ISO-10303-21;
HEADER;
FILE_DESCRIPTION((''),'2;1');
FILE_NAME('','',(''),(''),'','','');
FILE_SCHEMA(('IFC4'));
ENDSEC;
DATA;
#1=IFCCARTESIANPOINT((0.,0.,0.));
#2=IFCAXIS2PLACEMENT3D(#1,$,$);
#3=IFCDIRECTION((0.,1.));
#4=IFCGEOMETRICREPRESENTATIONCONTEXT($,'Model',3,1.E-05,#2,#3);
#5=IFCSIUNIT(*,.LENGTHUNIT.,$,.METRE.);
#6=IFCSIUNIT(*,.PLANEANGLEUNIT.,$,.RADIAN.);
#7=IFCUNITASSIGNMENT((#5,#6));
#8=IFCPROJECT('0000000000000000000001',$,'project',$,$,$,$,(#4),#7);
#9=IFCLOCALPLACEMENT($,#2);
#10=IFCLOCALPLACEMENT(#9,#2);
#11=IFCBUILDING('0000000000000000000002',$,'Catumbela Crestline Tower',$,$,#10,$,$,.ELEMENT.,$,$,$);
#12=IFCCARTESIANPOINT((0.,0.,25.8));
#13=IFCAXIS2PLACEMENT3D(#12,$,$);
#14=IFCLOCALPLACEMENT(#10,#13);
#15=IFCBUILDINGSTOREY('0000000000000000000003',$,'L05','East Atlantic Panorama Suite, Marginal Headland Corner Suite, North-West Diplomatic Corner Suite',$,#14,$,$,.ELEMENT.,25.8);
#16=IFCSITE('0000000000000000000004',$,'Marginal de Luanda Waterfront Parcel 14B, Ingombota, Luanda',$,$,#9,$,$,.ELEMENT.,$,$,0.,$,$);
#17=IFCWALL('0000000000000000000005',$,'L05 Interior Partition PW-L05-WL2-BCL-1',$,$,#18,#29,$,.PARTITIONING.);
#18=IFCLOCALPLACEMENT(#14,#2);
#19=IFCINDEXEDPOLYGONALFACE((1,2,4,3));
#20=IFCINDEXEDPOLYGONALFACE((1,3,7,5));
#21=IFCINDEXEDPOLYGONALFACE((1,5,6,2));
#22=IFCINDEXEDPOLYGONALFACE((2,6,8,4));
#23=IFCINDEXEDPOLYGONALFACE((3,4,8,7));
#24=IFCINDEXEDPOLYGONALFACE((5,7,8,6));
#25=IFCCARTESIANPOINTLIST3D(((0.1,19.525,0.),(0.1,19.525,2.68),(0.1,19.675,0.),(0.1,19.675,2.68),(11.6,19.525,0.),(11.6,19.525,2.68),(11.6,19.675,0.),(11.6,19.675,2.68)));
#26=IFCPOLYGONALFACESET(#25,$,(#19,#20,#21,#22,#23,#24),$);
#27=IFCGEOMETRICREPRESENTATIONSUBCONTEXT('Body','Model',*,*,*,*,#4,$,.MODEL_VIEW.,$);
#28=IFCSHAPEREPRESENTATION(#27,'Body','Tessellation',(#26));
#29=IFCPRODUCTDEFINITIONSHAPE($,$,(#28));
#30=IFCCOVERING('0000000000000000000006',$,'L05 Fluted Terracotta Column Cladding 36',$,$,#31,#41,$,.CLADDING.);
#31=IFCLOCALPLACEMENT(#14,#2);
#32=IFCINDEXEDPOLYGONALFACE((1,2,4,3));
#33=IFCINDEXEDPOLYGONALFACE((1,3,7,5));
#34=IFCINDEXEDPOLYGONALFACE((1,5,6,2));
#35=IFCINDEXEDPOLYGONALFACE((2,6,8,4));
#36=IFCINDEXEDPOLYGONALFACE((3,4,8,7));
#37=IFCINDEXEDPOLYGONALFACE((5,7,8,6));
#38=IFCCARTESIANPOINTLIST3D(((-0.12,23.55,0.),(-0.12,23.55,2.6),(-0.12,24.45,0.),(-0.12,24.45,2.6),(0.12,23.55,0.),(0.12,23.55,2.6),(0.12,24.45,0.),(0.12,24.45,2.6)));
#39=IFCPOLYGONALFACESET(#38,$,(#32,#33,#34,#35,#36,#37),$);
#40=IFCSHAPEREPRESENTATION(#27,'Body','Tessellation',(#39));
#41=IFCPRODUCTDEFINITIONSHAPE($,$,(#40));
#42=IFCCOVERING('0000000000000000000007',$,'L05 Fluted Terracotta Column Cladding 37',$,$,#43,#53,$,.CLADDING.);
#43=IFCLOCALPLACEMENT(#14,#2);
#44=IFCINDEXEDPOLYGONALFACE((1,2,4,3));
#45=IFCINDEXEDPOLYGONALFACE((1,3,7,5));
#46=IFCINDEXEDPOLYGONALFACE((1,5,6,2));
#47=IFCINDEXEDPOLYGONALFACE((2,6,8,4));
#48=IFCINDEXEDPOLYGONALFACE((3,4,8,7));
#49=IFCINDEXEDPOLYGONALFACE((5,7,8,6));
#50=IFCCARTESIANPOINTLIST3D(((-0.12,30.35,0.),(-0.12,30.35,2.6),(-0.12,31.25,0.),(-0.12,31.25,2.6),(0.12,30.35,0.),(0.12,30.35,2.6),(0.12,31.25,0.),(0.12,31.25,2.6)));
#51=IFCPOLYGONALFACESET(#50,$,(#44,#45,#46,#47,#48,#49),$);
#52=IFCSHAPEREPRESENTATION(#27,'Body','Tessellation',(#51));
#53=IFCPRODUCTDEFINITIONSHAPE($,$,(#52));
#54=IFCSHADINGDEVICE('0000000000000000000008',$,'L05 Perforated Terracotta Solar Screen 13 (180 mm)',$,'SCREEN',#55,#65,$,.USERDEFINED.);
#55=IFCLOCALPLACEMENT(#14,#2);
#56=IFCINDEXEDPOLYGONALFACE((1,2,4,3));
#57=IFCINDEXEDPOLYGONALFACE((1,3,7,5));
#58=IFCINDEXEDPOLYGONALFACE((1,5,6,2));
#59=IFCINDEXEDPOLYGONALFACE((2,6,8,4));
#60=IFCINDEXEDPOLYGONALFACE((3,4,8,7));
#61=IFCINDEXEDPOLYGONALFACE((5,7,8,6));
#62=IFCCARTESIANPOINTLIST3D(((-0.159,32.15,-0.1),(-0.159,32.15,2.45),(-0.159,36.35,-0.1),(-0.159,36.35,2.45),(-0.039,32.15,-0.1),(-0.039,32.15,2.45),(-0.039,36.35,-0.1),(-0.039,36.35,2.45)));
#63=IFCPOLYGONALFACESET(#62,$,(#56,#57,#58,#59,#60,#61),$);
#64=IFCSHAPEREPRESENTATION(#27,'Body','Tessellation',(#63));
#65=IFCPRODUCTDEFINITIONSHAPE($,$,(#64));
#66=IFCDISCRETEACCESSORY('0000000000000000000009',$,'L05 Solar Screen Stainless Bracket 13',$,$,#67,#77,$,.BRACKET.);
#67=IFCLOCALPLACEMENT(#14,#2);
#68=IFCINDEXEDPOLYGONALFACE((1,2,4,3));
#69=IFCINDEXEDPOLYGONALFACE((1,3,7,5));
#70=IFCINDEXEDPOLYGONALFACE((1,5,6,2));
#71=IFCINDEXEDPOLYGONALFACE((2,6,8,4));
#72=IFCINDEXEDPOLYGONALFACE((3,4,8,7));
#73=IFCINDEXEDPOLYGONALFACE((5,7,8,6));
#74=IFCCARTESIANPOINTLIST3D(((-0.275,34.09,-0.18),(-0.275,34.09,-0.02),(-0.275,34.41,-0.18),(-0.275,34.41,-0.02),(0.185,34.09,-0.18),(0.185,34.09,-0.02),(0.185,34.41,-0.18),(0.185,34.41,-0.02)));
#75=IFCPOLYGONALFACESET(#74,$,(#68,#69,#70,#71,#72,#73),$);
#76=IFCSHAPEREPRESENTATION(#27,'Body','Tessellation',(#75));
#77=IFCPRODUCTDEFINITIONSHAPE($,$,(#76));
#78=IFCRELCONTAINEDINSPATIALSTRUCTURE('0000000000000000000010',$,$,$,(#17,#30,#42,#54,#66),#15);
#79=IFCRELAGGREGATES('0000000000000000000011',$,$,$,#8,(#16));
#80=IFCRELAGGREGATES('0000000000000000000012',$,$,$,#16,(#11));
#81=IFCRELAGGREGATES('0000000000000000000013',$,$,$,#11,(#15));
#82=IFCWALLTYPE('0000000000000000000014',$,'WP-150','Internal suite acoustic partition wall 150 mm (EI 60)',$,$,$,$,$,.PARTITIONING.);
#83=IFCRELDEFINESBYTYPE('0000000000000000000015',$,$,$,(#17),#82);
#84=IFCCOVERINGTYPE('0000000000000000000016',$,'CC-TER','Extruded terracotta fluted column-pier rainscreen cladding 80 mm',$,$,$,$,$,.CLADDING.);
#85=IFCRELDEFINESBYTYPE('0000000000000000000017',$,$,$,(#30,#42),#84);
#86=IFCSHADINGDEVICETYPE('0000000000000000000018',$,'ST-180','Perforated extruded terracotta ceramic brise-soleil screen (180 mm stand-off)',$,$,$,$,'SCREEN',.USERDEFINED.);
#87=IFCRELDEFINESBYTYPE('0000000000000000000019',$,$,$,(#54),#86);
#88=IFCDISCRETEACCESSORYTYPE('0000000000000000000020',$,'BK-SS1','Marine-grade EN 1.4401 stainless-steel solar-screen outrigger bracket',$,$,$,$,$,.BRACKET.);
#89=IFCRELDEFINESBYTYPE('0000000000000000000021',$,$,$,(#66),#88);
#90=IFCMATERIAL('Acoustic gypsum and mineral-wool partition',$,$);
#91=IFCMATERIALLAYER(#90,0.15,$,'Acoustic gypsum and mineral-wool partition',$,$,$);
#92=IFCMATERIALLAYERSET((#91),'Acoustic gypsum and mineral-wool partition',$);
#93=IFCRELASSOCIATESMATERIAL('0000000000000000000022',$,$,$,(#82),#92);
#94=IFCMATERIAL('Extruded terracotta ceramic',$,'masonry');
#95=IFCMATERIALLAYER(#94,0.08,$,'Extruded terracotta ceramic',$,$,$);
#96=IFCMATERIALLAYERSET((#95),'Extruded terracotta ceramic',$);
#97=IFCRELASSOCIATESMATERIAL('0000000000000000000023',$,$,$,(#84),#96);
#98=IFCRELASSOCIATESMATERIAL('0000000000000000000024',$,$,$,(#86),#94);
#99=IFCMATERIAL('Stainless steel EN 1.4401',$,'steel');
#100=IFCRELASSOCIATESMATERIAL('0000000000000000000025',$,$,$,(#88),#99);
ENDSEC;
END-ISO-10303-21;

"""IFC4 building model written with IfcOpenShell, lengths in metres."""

from ifc_helpers import new_model, si_unit, direction, frame, frame_2d, origin, origin_2d, place, context, subcontext, project, spatial, rectangle, extrude, material, layer, layer_set, type_object, element, save


model = new_model("IFC4")

# Units and contexts
model_context = context("Model", 3, precision=1e-05, world=origin(), true_north=direction((0.0, 1.0)))
body_context = subcontext(model_context, "Body", "Model", "MODEL_VIEW")
ifc_project = project(units=[si_unit("LENGTHUNIT", "METRE"), si_unit("PLANEANGLEUNIT", "RADIAN")], contexts=[model_context])

# Site, building, storey
site_placement = place(None, origin())
site = spatial("IfcSite", under=ifc_project, at=site_placement, Name="Marginal de Luanda Waterfront Parcel 14B, Ingombota, Luanda", CompositionType="ELEMENT", RefElevation=0.0)
building_placement = place(site_placement, origin())
building = spatial("IfcBuilding", under=site, at=building_placement, Name="Catumbela Crestline Tower", CompositionType="ELEMENT")
storey_placement = place(building_placement, frame((0.0, 0.0, 25.8)))
storey = spatial("IfcBuildingStorey", under=building, at=storey_placement, Name="L05", Description="East Atlantic Panorama Suite, Marginal Headland Corner Suite, North-West Diplomatic Corner Suite", CompositionType="ELEMENT", Elevation=25.8)

# Wall
ifc_material_1 = material(Name="Acoustic gypsum and mineral-wool partition")
ifc_layer_1 = layer(ifc_material_1, 0.15, Name="Acoustic gypsum and mineral-wool partition")
ifc_layer_set_1 = layer_set([ifc_layer_1], Name="Acoustic gypsum and mineral-wool partition")
wall_type_1 = type_object("IfcWallType", Name="WP-150", Description="Internal suite acoustic partition wall 150 mm (EI 60)", PredefinedType="PARTITIONING", material=ifc_layer_set_1)
wall_1_placement = place(storey_placement, frame((0.1, 19.6, 0.0), z_axis=(0.0, 0.0, 1.0), x_axis=(1.0, 0.0, 0.0)))
element("IfcWall", 1, at=wall_1_placement, inside=storey, type_object=wall_type_1, Name="L05 Interior Partition PW-L05-WL2-BCL-1", PredefinedType="PARTITIONING", context=body_context, shape_type="SweptSolid", body=[
    extrude(rectangle(XDim=11.5, YDim=0.15, at=frame_2d((5.75, 0.0))), origin(), (0.0, 0.0, 1.0), 2.68),
])

# Coverings
ifc_material_2 = material(Name="Extruded terracotta ceramic", Category="masonry")
ifc_layer_2 = layer(ifc_material_2, 0.08, Name="Extruded terracotta ceramic")
ifc_layer_set_2 = layer_set([ifc_layer_2], Name="Extruded terracotta ceramic")
covering_type = type_object("IfcCoveringType", Name="CC-TER", Description="Extruded terracotta fluted column-pier rainscreen cladding 80 mm", PredefinedType="CLADDING", material=ifc_layer_set_2)
for number, where, z_axis, x_axis, name in (
    (2, (0.0, 24.0, 0.0), (0.0, 0.0, 1.0), (0.0, -1.0, 0.0), "L05 Fluted Terracotta Column Cladding 36"),
    (3, (0.0, 30.8, 0.0), (0.0, 0.0, 1.0), (0.0, -1.0, 0.0), "L05 Fluted Terracotta Column Cladding 37"),
):
    element("IfcCovering", number, at=place(storey_placement, frame(where, z_axis=z_axis, x_axis=x_axis)), inside=storey, type_object=covering_type, Name=name, PredefinedType="CLADDING", context=body_context, shape_type="SweptSolid", body=[
        extrude(rectangle(XDim=0.9, YDim=0.24, at=origin_2d()), origin(), (0.0, 0.0, 1.0), 2.6),
    ])

# Shading device
shading_device_type = type_object("IfcShadingDeviceType", Name="ST-180", Description="Perforated extruded terracotta ceramic brise-soleil screen (180 mm stand-off)", ElementType="SCREEN", PredefinedType="USERDEFINED", material=ifc_material_2)
shading_device_placement = place(storey_placement, frame((-0.099, 34.25, -0.1), z_axis=(0.0, 0.0, 1.0), x_axis=(0.0, -1.0, 0.0)))
element("IfcShadingDevice", 4, at=shading_device_placement, inside=storey, type_object=shading_device_type, Name="L05 Perforated Terracotta Solar Screen 13 (180 mm)", ObjectType="SCREEN", PredefinedType="USERDEFINED", context=body_context, shape_type="SweptSolid", body=[
    extrude(rectangle(XDim=4.2, YDim=0.12, at=origin_2d()), origin(), (0.0, 0.0, 1.0), 2.55),
])

# Discrete accessory
ifc_material_3 = material(Name="Stainless steel EN 1.4401", Category="steel")
discrete_accessory_type = type_object("IfcDiscreteAccessoryType", Name="BK-SS1", Description="Marine-grade EN 1.4401 stainless-steel solar-screen outrigger bracket", PredefinedType="BRACKET", material=ifc_material_3)
discrete_accessory_placement = place(storey_placement, frame((-0.045, 34.25, -0.18), z_axis=(0.0, 0.0, 1.0), x_axis=(0.0, -1.0, 0.0)))
element("IfcDiscreteAccessory", 5, at=discrete_accessory_placement, inside=storey, type_object=discrete_accessory_type, Name="L05 Solar Screen Stainless Bracket 13", PredefinedType="BRACKET", context=body_context, shape_type="SweptSolid", body=[
    extrude(rectangle(XDim=0.32, YDim=0.46, at=origin_2d()), origin(), (0.0, 0.0, 1.0), 0.16),
])

save(model, "model.ifc")
